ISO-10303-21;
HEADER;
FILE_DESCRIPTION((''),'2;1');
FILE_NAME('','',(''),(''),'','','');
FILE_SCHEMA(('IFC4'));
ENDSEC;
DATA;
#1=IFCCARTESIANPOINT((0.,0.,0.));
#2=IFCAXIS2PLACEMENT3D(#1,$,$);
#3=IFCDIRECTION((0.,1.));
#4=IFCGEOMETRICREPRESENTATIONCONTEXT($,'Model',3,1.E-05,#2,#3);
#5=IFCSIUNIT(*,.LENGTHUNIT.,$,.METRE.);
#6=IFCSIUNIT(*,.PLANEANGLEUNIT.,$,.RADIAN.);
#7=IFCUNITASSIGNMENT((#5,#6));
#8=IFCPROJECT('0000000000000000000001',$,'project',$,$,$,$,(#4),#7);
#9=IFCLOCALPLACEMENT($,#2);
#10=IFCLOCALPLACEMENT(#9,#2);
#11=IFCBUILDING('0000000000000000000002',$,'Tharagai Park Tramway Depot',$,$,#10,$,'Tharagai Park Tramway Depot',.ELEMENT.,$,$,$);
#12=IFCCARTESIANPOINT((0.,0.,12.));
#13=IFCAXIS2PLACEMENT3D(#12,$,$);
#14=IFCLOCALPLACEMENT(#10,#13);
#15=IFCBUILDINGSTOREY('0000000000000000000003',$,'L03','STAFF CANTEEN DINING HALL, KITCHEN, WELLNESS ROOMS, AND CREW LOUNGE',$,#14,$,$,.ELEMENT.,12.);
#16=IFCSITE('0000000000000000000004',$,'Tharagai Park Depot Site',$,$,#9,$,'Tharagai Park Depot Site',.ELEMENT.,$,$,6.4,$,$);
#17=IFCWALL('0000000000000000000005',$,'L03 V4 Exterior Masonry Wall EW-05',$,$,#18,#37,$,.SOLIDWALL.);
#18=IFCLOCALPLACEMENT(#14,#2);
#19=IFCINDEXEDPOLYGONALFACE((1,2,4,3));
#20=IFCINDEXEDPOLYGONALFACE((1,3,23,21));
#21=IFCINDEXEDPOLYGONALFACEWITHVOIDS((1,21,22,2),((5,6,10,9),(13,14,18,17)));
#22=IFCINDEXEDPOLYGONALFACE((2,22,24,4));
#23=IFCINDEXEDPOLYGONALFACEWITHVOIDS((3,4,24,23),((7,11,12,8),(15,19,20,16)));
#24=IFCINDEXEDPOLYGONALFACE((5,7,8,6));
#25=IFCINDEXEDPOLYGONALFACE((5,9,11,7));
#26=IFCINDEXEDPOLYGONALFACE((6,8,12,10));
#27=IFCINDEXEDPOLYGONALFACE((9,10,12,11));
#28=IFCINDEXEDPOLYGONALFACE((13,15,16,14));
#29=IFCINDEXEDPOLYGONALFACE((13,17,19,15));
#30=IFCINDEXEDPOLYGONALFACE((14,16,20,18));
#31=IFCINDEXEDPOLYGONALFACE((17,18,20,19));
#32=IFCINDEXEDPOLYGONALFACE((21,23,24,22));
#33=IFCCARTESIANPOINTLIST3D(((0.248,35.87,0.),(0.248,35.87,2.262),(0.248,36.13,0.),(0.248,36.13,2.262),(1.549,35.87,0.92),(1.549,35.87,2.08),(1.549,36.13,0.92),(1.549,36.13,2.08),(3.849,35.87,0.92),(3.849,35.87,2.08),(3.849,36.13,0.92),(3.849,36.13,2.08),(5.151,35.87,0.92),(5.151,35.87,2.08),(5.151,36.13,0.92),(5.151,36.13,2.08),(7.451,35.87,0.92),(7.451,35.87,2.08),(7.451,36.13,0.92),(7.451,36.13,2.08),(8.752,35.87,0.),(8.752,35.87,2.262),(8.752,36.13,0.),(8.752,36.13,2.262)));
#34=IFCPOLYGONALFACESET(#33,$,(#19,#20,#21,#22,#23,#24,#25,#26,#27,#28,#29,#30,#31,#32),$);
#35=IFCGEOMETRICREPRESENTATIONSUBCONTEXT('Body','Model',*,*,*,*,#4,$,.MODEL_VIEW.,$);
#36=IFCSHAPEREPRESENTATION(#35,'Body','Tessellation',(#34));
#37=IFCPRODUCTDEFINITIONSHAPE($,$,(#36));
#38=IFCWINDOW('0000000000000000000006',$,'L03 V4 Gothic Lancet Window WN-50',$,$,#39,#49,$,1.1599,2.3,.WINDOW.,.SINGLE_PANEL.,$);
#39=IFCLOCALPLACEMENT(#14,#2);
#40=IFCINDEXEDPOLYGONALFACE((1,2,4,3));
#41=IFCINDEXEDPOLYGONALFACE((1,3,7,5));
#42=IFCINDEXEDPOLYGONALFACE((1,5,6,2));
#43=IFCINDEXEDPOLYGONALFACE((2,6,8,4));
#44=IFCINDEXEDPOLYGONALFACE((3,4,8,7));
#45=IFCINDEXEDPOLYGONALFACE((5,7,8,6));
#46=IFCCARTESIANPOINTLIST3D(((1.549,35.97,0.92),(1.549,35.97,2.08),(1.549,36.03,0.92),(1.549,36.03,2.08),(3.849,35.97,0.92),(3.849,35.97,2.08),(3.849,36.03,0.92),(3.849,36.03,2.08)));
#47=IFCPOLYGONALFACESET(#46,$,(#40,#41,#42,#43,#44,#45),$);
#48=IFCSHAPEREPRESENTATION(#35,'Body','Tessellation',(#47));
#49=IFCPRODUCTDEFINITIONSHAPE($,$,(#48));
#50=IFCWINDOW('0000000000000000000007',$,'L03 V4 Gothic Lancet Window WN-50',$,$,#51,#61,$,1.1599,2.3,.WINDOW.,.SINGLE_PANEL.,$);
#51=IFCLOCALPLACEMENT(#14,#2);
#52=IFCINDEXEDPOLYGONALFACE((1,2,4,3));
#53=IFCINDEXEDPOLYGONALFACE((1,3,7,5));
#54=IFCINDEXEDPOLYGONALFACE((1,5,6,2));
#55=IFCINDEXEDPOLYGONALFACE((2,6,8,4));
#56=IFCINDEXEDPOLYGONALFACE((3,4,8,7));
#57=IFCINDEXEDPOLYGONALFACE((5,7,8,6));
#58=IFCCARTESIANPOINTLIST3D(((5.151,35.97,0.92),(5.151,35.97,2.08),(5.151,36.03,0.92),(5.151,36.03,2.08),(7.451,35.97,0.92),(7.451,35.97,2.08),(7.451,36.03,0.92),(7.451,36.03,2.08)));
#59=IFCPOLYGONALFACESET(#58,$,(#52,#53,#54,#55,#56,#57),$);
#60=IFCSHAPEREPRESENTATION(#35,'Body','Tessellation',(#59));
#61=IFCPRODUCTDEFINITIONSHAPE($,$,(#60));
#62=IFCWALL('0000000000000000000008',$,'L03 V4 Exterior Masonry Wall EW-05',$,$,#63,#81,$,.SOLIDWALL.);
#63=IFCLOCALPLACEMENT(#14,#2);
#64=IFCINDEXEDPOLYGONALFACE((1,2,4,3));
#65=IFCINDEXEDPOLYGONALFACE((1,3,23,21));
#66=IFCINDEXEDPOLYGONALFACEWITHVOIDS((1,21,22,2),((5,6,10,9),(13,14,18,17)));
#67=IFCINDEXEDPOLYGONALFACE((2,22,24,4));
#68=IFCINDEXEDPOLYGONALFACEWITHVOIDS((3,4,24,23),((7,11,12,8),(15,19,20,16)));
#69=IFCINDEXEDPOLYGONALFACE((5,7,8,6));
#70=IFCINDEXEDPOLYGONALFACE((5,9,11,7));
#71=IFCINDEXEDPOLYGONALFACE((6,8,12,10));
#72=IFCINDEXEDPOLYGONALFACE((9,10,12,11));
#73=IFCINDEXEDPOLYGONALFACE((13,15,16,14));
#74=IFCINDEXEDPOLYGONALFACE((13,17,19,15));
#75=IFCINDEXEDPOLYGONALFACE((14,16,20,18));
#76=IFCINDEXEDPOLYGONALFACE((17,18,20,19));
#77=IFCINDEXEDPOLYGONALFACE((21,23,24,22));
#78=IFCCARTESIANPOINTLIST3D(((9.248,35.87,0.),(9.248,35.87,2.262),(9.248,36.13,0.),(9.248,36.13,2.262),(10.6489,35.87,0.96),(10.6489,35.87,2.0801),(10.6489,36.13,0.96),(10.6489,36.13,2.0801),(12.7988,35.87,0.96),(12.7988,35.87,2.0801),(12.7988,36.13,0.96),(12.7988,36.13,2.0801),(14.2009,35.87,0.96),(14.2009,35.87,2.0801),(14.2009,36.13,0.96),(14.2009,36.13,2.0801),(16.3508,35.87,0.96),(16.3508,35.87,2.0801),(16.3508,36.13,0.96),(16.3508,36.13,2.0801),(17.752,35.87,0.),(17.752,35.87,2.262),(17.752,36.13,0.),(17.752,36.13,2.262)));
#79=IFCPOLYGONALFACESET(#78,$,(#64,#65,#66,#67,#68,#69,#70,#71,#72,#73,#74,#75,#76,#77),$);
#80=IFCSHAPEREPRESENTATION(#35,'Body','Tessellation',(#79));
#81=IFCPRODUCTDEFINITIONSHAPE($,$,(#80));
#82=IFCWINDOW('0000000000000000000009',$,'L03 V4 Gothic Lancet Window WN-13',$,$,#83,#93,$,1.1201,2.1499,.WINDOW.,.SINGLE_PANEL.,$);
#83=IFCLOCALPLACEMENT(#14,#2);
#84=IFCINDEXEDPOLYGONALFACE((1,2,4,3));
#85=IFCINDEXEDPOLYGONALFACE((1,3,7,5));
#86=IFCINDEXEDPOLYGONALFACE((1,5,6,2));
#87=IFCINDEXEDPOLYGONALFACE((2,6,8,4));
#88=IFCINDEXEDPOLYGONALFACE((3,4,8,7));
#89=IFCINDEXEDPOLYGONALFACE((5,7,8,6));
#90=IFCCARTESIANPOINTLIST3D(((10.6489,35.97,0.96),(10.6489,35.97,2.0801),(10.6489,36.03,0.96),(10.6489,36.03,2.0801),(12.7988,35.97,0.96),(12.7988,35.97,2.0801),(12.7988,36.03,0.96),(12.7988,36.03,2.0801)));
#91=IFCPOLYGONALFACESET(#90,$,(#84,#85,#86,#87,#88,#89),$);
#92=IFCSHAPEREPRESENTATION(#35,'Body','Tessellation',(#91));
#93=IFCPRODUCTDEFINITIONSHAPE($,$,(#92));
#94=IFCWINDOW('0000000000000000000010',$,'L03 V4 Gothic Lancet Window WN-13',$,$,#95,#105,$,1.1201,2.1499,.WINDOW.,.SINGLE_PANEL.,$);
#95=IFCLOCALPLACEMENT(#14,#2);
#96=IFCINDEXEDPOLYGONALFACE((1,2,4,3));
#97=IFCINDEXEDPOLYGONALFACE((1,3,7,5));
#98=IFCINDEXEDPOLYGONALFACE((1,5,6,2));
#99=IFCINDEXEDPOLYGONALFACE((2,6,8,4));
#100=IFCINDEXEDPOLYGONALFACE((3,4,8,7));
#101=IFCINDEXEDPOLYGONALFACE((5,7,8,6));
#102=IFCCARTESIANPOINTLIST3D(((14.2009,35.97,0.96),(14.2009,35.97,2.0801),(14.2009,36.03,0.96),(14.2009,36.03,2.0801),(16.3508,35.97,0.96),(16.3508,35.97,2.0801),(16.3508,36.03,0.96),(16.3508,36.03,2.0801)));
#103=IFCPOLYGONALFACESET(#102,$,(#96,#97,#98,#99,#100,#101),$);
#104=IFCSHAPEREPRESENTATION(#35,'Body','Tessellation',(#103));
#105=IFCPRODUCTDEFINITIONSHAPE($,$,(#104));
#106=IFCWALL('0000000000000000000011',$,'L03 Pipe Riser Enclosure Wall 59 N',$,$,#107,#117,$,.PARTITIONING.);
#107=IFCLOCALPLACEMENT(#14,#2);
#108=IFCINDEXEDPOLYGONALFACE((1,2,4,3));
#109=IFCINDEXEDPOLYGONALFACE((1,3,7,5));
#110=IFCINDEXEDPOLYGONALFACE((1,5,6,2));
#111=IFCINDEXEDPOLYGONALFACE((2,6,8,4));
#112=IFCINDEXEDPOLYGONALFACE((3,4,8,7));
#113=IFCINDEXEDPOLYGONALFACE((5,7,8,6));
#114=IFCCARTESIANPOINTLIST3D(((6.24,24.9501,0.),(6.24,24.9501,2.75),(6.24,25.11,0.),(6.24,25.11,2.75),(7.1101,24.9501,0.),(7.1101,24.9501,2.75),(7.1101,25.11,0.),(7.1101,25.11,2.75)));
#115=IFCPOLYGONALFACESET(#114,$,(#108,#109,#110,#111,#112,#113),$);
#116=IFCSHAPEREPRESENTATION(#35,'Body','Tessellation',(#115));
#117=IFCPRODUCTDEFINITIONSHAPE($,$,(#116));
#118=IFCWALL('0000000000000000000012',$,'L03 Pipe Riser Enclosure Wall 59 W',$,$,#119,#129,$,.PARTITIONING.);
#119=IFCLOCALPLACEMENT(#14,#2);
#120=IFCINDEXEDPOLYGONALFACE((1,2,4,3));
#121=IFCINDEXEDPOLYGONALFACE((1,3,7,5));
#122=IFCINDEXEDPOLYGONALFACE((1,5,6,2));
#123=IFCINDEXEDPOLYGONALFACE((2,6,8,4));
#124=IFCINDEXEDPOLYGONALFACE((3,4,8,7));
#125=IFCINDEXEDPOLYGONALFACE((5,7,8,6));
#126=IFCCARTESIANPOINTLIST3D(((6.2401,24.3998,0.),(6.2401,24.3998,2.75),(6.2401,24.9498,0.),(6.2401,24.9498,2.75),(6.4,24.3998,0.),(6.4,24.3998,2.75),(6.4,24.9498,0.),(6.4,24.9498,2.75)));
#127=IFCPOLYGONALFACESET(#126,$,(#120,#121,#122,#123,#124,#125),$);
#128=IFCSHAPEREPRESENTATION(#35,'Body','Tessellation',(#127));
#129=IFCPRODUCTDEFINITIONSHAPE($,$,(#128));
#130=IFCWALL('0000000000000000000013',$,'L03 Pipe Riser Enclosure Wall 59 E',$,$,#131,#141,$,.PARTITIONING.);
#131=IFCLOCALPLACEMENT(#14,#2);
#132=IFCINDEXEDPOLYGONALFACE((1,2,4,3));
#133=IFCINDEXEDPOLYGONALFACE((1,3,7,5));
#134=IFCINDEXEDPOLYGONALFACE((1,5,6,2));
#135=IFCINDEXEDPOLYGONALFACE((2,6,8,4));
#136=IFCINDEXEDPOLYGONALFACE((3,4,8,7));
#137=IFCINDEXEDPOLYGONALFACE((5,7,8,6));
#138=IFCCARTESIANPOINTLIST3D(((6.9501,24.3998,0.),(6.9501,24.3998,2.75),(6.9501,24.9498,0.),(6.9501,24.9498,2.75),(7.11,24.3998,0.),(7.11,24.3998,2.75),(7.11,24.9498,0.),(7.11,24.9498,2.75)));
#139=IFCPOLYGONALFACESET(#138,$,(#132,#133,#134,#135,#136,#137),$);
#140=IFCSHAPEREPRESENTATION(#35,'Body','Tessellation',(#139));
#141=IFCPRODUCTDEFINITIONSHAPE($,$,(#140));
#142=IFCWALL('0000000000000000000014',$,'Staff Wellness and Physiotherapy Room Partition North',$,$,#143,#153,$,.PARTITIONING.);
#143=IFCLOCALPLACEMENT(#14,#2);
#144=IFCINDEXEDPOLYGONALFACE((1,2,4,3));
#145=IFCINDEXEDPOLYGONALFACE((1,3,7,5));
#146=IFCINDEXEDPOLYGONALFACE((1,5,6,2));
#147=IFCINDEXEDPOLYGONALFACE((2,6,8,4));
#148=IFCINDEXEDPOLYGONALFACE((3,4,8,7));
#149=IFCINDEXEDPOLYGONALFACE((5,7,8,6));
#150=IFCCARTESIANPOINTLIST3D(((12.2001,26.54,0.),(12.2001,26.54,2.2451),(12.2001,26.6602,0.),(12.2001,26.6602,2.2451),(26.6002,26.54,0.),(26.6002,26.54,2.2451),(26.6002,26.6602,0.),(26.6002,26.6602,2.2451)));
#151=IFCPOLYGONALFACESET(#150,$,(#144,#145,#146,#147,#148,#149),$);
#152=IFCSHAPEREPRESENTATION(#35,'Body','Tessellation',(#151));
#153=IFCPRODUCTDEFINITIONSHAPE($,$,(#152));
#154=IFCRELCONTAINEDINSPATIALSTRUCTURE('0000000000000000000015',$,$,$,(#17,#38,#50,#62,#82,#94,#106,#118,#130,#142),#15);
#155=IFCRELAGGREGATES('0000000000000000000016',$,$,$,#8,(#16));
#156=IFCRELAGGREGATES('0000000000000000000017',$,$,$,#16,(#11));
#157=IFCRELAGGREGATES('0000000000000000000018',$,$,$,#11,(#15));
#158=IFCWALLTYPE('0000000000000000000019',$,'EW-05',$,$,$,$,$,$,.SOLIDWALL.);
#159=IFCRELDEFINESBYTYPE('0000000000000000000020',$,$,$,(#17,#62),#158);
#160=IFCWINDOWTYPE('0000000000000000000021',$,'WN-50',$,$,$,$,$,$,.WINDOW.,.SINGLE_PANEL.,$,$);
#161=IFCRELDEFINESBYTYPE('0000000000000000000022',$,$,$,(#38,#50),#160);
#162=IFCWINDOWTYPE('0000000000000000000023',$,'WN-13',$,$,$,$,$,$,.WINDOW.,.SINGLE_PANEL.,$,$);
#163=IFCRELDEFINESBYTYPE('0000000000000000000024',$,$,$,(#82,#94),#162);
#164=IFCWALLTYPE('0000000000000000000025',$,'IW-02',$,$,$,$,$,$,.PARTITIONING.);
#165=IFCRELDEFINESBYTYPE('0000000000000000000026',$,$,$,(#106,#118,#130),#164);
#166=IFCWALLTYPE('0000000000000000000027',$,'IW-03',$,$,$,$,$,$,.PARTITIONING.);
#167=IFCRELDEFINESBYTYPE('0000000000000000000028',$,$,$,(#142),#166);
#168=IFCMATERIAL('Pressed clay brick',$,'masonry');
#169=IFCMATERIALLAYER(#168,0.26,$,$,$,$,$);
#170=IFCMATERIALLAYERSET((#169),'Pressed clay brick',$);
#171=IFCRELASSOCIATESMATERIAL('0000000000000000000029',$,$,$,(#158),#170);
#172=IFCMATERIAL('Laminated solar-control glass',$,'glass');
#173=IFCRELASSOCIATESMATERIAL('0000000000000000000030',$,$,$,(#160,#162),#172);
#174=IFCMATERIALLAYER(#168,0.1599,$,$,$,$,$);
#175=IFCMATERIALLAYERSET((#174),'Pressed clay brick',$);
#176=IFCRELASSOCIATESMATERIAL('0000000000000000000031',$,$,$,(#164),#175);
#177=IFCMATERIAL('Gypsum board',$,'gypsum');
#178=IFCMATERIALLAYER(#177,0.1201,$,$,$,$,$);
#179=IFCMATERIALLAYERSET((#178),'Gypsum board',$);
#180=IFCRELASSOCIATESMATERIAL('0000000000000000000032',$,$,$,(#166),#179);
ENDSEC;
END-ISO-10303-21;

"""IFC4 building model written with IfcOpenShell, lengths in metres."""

from ifc_helpers import new_model, si_unit, direction, frame, frame_2d, origin, place, context, subcontext, project, spatial, rectangle, extrude, material, layer, layer_set, type_object, element, fill, save


model = new_model("IFC4")

# Units and contexts
model_context = context("Model", 3, precision=1e-05, world=origin(), true_north=direction((0.0, 1.0)))
body_context = subcontext(model_context, "Body", "Model", "MODEL_VIEW")
ifc_project = project(units=[si_unit("LENGTHUNIT", "METRE"), si_unit("PLANEANGLEUNIT", "RADIAN")], contexts=[model_context])

# Site, building, storey
site_placement = place(None, origin())
site = spatial("IfcSite", under=ifc_project, at=site_placement, Name="Tharagai Park Depot Site", LongName="Tharagai Park Depot Site", CompositionType="ELEMENT", RefElevation=6.4)
building_placement = place(site_placement, origin())
building = spatial("IfcBuilding", under=site, at=building_placement, Name="Tharagai Park Tramway Depot", LongName="Tharagai Park Tramway Depot", CompositionType="ELEMENT")
storey_placement = place(building_placement, frame((0.0, 0.0, 12.0)))
storey = spatial("IfcBuildingStorey", under=building, at=storey_placement, Name="L03", Description="STAFF CANTEEN DINING HALL, KITCHEN, WELLNESS ROOMS, AND CREW LOUNGE", CompositionType="ELEMENT", Elevation=12.0)

# Shared definitions
ifc_material_1 = material(Name="Laminated solar-control glass", Category="glass")

# Walls, openings, windows
ifc_material_2 = material(Name="Pressed clay brick", Category="masonry")
ifc_layer_1 = layer(ifc_material_2, 0.26)
ifc_layer_set_1 = layer_set([ifc_layer_1], Name="Pressed clay brick")
wall_type_1 = type_object("IfcWallType", Name="EW-05", PredefinedType="SOLIDWALL", material=ifc_layer_set_1)
wall_1_placement = place(storey_placement, frame((0.248, 36.0, 0.0), z_axis=(0.0, 0.0, 1.0), x_axis=(1.0, 0.0, 0.0)))
wall_1 = element("IfcWall", 1, at=wall_1_placement, inside=storey, type_object=wall_type_1, Name="L03 V4 Exterior Masonry Wall EW-05", PredefinedType="SOLIDWALL", context=body_context, shape_type="SweptSolid", body=[
    extrude(rectangle(XDim=8.5039, YDim=0.26, at=frame_2d((4.252, 0.0))), origin(), (0.0, 0.0, 1.0), 2.262),
])
opening_1_placement = place(wall_1_placement, frame((1.301, 0.0, 0.9199)))
opening_1 = element("IfcOpeningElement", 2, at=opening_1_placement, cuts=wall_1, PredefinedType="OPENING", context=body_context, shape_type="SweptSolid", body=[
    extrude(rectangle(XDim=2.3, YDim=1.1599, at=frame_2d((1.1499, 0.5801))), frame((0.0, 0.1399, 0.0), z_axis=(0.0, -1.0, 0.0), x_axis=(1.0, 0.0, 0.0)), (0.0, 0.0, 1.0), 0.28),
])
opening_2_placement = place(wall_1_placement, frame((4.9031, 0.0, 0.9199)))
opening_2 = element("IfcOpeningElement", 3, at=opening_2_placement, cuts=wall_1, PredefinedType="OPENING", context=body_context, shape_type="SweptSolid", body=[
    extrude(rectangle(XDim=2.3, YDim=1.1599, at=frame_2d((1.1499, 0.5801))), frame((0.0, 0.1399, 0.0), z_axis=(0.0, -1.0, 0.0), x_axis=(1.0, 0.0, 0.0)), (0.0, 0.0, 1.0), 0.28),
])
window_type_1 = type_object("IfcWindowType", Name="WN-50", PartitioningType="SINGLE_PANEL", PredefinedType="WINDOW", material=ifc_material_1)
window_1_placement = place(opening_1_placement, origin())
window_1 = element("IfcWindow", 4, at=window_1_placement, inside=storey, type_object=window_type_1, Name="L03 V4 Gothic Lancet Window WN-50", OverallHeight=1.1599, OverallWidth=2.3, PartitioningType="SINGLE_PANEL", PredefinedType="WINDOW", context=body_context, shape_type="SweptSolid", body=[
    extrude(rectangle(XDim=2.3, YDim=1.1599, at=frame_2d((1.1499, 0.5801))), frame((0.0, 0.03, 0.0), z_axis=(0.0, -1.0, 0.0), x_axis=(1.0, 0.0, 0.0)), (0.0, 0.0, 1.0), 0.0601),
])
fill(opening_1, window_1)
window_2_placement = place(opening_2_placement, origin())
window_2 = element("IfcWindow", 5, at=window_2_placement, inside=storey, type_object=window_type_1, Name="L03 V4 Gothic Lancet Window WN-50", OverallHeight=1.1599, OverallWidth=2.3, PartitioningType="SINGLE_PANEL", PredefinedType="WINDOW", context=body_context, shape_type="SweptSolid", body=[
    extrude(rectangle(XDim=2.3, YDim=1.1599, at=frame_2d((1.1499, 0.5801))), frame((0.0, 0.03, 0.0), z_axis=(0.0, -1.0, 0.0), x_axis=(1.0, 0.0, 0.0)), (0.0, 0.0, 1.0), 0.0601),
])
fill(opening_2, window_2)
wall_2_placement = place(storey_placement, frame((9.248, 36.0, 0.0), z_axis=(0.0, 0.0, 1.0), x_axis=(1.0, 0.0, 0.0)))
wall_2 = element("IfcWall", 6, at=wall_2_placement, inside=storey, type_object=wall_type_1, Name="L03 V4 Exterior Masonry Wall EW-05", PredefinedType="SOLIDWALL", context=body_context, shape_type="SweptSolid", body=[
    extrude(rectangle(XDim=8.5039, YDim=0.26, at=frame_2d((4.252, 0.0))), origin(), (0.0, 0.0, 1.0), 2.262),
])
opening_3_placement = place(wall_2_placement, frame((1.4009, 0.0, 0.96)))
opening_3 = element("IfcOpeningElement", 7, at=opening_3_placement, cuts=wall_2, PredefinedType="OPENING", context=body_context, shape_type="SweptSolid", body=[
    extrude(rectangle(XDim=2.1499, YDim=1.1201, at=frame_2d((1.075, 0.5601))), frame((0.0, 0.1399, 0.0), z_axis=(0.0, -1.0, 0.0), x_axis=(1.0, 0.0, 0.0)), (0.0, 0.0, 1.0), 0.28),
])
opening_4_placement = place(wall_2_placement, frame((4.9529, 0.0, 0.96)))
opening_4 = element("IfcOpeningElement", 8, at=opening_4_placement, cuts=wall_2, PredefinedType="OPENING", context=body_context, shape_type="SweptSolid", body=[
    extrude(rectangle(XDim=2.1499, YDim=1.1201, at=frame_2d((1.075, 0.5601))), frame((0.0, 0.1399, 0.0), z_axis=(0.0, -1.0, 0.0), x_axis=(1.0, 0.0, 0.0)), (0.0, 0.0, 1.0), 0.28),
])
window_type_2 = type_object("IfcWindowType", Name="WN-13", PartitioningType="SINGLE_PANEL", PredefinedType="WINDOW", material=ifc_material_1)
window_3_placement = place(opening_3_placement, origin())
window_3 = element("IfcWindow", 9, at=window_3_placement, inside=storey, type_object=window_type_2, Name="L03 V4 Gothic Lancet Window WN-13", OverallHeight=1.1201, OverallWidth=2.1499, PartitioningType="SINGLE_PANEL", PredefinedType="WINDOW", context=body_context, shape_type="SweptSolid", body=[
    extrude(rectangle(XDim=2.1499, YDim=1.1201, at=frame_2d((1.075, 0.5601))), frame((0.0, 0.03, 0.0), z_axis=(0.0, -1.0, 0.0), x_axis=(1.0, 0.0, 0.0)), (0.0, 0.0, 1.0), 0.0601),
])
fill(opening_3, window_3)
window_4_placement = place(opening_4_placement, origin())
window_4 = element("IfcWindow", 10, at=window_4_placement, inside=storey, type_object=window_type_2, Name="L03 V4 Gothic Lancet Window WN-13", OverallHeight=1.1201, OverallWidth=2.1499, PartitioningType="SINGLE_PANEL", PredefinedType="WINDOW", context=body_context, shape_type="SweptSolid", body=[
    extrude(rectangle(XDim=2.1499, YDim=1.1201, at=frame_2d((1.075, 0.5601))), frame((0.0, 0.03, 0.0), z_axis=(0.0, -1.0, 0.0), x_axis=(1.0, 0.0, 0.0)), (0.0, 0.0, 1.0), 0.0601),
])
fill(opening_4, window_4)

# Walls
ifc_layer_2 = layer(ifc_material_2, 0.1599)
ifc_layer_set_2 = layer_set([ifc_layer_2], Name="Pressed clay brick")
wall_type_2 = type_object("IfcWallType", Name="IW-02", PredefinedType="PARTITIONING", material=ifc_layer_set_2)
wall_3_placement = place(storey_placement, frame((6.24, 25.03, 0.0), z_axis=(0.0, 0.0, 1.0), x_axis=(1.0, 0.0, 0.0)))
element("IfcWall", 11, at=wall_3_placement, inside=storey, type_object=wall_type_2, Name="L03 Pipe Riser Enclosure Wall 59 N", PredefinedType="PARTITIONING", context=body_context, shape_type="SweptSolid", body=[
    extrude(rectangle(XDim=0.8701, YDim=0.1599, at=frame_2d((0.4351, 0.0))), origin(), (0.0, 0.0, 1.0), 2.75),
])
for number, where, z_axis, x_axis, name in (
    (12, (6.3201, 24.3999, 0.0), (0.0, 0.0, 1.0), (0.0, 1.0, 0.0), "L03 Pipe Riser Enclosure Wall 59 W"),
    (13, (7.03, 24.3999, 0.0), (0.0, 0.0, 1.0), (0.0, 1.0, 0.0), "L03 Pipe Riser Enclosure Wall 59 E"),
):
    element("IfcWall", number, at=place(storey_placement, frame(where, z_axis=z_axis, x_axis=x_axis)), inside=storey, type_object=wall_type_2, Name=name, PredefinedType="PARTITIONING", context=body_context, shape_type="SweptSolid", body=[
        extrude(rectangle(XDim=0.55, YDim=0.1599, at=frame_2d((0.2749, 0.0))), origin(), (0.0, 0.0, 1.0), 2.75),
    ])
ifc_material_3 = material(Name="Gypsum board", Category="gypsum")
ifc_layer_3 = layer(ifc_material_3, 0.1201)
ifc_layer_set_3 = layer_set([ifc_layer_3], Name="Gypsum board")
wall_type_3 = type_object("IfcWallType", Name="IW-03", PredefinedType="PARTITIONING", material=ifc_layer_set_3)
wall_4_placement = place(storey_placement, frame((12.2, 26.6001, 0.0), z_axis=(0.0, 0.0, 1.0), x_axis=(1.0, 0.0, 0.0)))
element("IfcWall", 14, at=wall_4_placement, inside=storey, type_object=wall_type_3, Name="Staff Wellness and Physiotherapy Room Partition North", PredefinedType="PARTITIONING", context=body_context, shape_type="SweptSolid", body=[
    extrude(rectangle(XDim=14.4001, YDim=0.1201, at=frame_2d((7.2002, 0.0))), origin(), (0.0, 0.0, 1.0), 2.2451),
])

save(model, "model.ifc")
